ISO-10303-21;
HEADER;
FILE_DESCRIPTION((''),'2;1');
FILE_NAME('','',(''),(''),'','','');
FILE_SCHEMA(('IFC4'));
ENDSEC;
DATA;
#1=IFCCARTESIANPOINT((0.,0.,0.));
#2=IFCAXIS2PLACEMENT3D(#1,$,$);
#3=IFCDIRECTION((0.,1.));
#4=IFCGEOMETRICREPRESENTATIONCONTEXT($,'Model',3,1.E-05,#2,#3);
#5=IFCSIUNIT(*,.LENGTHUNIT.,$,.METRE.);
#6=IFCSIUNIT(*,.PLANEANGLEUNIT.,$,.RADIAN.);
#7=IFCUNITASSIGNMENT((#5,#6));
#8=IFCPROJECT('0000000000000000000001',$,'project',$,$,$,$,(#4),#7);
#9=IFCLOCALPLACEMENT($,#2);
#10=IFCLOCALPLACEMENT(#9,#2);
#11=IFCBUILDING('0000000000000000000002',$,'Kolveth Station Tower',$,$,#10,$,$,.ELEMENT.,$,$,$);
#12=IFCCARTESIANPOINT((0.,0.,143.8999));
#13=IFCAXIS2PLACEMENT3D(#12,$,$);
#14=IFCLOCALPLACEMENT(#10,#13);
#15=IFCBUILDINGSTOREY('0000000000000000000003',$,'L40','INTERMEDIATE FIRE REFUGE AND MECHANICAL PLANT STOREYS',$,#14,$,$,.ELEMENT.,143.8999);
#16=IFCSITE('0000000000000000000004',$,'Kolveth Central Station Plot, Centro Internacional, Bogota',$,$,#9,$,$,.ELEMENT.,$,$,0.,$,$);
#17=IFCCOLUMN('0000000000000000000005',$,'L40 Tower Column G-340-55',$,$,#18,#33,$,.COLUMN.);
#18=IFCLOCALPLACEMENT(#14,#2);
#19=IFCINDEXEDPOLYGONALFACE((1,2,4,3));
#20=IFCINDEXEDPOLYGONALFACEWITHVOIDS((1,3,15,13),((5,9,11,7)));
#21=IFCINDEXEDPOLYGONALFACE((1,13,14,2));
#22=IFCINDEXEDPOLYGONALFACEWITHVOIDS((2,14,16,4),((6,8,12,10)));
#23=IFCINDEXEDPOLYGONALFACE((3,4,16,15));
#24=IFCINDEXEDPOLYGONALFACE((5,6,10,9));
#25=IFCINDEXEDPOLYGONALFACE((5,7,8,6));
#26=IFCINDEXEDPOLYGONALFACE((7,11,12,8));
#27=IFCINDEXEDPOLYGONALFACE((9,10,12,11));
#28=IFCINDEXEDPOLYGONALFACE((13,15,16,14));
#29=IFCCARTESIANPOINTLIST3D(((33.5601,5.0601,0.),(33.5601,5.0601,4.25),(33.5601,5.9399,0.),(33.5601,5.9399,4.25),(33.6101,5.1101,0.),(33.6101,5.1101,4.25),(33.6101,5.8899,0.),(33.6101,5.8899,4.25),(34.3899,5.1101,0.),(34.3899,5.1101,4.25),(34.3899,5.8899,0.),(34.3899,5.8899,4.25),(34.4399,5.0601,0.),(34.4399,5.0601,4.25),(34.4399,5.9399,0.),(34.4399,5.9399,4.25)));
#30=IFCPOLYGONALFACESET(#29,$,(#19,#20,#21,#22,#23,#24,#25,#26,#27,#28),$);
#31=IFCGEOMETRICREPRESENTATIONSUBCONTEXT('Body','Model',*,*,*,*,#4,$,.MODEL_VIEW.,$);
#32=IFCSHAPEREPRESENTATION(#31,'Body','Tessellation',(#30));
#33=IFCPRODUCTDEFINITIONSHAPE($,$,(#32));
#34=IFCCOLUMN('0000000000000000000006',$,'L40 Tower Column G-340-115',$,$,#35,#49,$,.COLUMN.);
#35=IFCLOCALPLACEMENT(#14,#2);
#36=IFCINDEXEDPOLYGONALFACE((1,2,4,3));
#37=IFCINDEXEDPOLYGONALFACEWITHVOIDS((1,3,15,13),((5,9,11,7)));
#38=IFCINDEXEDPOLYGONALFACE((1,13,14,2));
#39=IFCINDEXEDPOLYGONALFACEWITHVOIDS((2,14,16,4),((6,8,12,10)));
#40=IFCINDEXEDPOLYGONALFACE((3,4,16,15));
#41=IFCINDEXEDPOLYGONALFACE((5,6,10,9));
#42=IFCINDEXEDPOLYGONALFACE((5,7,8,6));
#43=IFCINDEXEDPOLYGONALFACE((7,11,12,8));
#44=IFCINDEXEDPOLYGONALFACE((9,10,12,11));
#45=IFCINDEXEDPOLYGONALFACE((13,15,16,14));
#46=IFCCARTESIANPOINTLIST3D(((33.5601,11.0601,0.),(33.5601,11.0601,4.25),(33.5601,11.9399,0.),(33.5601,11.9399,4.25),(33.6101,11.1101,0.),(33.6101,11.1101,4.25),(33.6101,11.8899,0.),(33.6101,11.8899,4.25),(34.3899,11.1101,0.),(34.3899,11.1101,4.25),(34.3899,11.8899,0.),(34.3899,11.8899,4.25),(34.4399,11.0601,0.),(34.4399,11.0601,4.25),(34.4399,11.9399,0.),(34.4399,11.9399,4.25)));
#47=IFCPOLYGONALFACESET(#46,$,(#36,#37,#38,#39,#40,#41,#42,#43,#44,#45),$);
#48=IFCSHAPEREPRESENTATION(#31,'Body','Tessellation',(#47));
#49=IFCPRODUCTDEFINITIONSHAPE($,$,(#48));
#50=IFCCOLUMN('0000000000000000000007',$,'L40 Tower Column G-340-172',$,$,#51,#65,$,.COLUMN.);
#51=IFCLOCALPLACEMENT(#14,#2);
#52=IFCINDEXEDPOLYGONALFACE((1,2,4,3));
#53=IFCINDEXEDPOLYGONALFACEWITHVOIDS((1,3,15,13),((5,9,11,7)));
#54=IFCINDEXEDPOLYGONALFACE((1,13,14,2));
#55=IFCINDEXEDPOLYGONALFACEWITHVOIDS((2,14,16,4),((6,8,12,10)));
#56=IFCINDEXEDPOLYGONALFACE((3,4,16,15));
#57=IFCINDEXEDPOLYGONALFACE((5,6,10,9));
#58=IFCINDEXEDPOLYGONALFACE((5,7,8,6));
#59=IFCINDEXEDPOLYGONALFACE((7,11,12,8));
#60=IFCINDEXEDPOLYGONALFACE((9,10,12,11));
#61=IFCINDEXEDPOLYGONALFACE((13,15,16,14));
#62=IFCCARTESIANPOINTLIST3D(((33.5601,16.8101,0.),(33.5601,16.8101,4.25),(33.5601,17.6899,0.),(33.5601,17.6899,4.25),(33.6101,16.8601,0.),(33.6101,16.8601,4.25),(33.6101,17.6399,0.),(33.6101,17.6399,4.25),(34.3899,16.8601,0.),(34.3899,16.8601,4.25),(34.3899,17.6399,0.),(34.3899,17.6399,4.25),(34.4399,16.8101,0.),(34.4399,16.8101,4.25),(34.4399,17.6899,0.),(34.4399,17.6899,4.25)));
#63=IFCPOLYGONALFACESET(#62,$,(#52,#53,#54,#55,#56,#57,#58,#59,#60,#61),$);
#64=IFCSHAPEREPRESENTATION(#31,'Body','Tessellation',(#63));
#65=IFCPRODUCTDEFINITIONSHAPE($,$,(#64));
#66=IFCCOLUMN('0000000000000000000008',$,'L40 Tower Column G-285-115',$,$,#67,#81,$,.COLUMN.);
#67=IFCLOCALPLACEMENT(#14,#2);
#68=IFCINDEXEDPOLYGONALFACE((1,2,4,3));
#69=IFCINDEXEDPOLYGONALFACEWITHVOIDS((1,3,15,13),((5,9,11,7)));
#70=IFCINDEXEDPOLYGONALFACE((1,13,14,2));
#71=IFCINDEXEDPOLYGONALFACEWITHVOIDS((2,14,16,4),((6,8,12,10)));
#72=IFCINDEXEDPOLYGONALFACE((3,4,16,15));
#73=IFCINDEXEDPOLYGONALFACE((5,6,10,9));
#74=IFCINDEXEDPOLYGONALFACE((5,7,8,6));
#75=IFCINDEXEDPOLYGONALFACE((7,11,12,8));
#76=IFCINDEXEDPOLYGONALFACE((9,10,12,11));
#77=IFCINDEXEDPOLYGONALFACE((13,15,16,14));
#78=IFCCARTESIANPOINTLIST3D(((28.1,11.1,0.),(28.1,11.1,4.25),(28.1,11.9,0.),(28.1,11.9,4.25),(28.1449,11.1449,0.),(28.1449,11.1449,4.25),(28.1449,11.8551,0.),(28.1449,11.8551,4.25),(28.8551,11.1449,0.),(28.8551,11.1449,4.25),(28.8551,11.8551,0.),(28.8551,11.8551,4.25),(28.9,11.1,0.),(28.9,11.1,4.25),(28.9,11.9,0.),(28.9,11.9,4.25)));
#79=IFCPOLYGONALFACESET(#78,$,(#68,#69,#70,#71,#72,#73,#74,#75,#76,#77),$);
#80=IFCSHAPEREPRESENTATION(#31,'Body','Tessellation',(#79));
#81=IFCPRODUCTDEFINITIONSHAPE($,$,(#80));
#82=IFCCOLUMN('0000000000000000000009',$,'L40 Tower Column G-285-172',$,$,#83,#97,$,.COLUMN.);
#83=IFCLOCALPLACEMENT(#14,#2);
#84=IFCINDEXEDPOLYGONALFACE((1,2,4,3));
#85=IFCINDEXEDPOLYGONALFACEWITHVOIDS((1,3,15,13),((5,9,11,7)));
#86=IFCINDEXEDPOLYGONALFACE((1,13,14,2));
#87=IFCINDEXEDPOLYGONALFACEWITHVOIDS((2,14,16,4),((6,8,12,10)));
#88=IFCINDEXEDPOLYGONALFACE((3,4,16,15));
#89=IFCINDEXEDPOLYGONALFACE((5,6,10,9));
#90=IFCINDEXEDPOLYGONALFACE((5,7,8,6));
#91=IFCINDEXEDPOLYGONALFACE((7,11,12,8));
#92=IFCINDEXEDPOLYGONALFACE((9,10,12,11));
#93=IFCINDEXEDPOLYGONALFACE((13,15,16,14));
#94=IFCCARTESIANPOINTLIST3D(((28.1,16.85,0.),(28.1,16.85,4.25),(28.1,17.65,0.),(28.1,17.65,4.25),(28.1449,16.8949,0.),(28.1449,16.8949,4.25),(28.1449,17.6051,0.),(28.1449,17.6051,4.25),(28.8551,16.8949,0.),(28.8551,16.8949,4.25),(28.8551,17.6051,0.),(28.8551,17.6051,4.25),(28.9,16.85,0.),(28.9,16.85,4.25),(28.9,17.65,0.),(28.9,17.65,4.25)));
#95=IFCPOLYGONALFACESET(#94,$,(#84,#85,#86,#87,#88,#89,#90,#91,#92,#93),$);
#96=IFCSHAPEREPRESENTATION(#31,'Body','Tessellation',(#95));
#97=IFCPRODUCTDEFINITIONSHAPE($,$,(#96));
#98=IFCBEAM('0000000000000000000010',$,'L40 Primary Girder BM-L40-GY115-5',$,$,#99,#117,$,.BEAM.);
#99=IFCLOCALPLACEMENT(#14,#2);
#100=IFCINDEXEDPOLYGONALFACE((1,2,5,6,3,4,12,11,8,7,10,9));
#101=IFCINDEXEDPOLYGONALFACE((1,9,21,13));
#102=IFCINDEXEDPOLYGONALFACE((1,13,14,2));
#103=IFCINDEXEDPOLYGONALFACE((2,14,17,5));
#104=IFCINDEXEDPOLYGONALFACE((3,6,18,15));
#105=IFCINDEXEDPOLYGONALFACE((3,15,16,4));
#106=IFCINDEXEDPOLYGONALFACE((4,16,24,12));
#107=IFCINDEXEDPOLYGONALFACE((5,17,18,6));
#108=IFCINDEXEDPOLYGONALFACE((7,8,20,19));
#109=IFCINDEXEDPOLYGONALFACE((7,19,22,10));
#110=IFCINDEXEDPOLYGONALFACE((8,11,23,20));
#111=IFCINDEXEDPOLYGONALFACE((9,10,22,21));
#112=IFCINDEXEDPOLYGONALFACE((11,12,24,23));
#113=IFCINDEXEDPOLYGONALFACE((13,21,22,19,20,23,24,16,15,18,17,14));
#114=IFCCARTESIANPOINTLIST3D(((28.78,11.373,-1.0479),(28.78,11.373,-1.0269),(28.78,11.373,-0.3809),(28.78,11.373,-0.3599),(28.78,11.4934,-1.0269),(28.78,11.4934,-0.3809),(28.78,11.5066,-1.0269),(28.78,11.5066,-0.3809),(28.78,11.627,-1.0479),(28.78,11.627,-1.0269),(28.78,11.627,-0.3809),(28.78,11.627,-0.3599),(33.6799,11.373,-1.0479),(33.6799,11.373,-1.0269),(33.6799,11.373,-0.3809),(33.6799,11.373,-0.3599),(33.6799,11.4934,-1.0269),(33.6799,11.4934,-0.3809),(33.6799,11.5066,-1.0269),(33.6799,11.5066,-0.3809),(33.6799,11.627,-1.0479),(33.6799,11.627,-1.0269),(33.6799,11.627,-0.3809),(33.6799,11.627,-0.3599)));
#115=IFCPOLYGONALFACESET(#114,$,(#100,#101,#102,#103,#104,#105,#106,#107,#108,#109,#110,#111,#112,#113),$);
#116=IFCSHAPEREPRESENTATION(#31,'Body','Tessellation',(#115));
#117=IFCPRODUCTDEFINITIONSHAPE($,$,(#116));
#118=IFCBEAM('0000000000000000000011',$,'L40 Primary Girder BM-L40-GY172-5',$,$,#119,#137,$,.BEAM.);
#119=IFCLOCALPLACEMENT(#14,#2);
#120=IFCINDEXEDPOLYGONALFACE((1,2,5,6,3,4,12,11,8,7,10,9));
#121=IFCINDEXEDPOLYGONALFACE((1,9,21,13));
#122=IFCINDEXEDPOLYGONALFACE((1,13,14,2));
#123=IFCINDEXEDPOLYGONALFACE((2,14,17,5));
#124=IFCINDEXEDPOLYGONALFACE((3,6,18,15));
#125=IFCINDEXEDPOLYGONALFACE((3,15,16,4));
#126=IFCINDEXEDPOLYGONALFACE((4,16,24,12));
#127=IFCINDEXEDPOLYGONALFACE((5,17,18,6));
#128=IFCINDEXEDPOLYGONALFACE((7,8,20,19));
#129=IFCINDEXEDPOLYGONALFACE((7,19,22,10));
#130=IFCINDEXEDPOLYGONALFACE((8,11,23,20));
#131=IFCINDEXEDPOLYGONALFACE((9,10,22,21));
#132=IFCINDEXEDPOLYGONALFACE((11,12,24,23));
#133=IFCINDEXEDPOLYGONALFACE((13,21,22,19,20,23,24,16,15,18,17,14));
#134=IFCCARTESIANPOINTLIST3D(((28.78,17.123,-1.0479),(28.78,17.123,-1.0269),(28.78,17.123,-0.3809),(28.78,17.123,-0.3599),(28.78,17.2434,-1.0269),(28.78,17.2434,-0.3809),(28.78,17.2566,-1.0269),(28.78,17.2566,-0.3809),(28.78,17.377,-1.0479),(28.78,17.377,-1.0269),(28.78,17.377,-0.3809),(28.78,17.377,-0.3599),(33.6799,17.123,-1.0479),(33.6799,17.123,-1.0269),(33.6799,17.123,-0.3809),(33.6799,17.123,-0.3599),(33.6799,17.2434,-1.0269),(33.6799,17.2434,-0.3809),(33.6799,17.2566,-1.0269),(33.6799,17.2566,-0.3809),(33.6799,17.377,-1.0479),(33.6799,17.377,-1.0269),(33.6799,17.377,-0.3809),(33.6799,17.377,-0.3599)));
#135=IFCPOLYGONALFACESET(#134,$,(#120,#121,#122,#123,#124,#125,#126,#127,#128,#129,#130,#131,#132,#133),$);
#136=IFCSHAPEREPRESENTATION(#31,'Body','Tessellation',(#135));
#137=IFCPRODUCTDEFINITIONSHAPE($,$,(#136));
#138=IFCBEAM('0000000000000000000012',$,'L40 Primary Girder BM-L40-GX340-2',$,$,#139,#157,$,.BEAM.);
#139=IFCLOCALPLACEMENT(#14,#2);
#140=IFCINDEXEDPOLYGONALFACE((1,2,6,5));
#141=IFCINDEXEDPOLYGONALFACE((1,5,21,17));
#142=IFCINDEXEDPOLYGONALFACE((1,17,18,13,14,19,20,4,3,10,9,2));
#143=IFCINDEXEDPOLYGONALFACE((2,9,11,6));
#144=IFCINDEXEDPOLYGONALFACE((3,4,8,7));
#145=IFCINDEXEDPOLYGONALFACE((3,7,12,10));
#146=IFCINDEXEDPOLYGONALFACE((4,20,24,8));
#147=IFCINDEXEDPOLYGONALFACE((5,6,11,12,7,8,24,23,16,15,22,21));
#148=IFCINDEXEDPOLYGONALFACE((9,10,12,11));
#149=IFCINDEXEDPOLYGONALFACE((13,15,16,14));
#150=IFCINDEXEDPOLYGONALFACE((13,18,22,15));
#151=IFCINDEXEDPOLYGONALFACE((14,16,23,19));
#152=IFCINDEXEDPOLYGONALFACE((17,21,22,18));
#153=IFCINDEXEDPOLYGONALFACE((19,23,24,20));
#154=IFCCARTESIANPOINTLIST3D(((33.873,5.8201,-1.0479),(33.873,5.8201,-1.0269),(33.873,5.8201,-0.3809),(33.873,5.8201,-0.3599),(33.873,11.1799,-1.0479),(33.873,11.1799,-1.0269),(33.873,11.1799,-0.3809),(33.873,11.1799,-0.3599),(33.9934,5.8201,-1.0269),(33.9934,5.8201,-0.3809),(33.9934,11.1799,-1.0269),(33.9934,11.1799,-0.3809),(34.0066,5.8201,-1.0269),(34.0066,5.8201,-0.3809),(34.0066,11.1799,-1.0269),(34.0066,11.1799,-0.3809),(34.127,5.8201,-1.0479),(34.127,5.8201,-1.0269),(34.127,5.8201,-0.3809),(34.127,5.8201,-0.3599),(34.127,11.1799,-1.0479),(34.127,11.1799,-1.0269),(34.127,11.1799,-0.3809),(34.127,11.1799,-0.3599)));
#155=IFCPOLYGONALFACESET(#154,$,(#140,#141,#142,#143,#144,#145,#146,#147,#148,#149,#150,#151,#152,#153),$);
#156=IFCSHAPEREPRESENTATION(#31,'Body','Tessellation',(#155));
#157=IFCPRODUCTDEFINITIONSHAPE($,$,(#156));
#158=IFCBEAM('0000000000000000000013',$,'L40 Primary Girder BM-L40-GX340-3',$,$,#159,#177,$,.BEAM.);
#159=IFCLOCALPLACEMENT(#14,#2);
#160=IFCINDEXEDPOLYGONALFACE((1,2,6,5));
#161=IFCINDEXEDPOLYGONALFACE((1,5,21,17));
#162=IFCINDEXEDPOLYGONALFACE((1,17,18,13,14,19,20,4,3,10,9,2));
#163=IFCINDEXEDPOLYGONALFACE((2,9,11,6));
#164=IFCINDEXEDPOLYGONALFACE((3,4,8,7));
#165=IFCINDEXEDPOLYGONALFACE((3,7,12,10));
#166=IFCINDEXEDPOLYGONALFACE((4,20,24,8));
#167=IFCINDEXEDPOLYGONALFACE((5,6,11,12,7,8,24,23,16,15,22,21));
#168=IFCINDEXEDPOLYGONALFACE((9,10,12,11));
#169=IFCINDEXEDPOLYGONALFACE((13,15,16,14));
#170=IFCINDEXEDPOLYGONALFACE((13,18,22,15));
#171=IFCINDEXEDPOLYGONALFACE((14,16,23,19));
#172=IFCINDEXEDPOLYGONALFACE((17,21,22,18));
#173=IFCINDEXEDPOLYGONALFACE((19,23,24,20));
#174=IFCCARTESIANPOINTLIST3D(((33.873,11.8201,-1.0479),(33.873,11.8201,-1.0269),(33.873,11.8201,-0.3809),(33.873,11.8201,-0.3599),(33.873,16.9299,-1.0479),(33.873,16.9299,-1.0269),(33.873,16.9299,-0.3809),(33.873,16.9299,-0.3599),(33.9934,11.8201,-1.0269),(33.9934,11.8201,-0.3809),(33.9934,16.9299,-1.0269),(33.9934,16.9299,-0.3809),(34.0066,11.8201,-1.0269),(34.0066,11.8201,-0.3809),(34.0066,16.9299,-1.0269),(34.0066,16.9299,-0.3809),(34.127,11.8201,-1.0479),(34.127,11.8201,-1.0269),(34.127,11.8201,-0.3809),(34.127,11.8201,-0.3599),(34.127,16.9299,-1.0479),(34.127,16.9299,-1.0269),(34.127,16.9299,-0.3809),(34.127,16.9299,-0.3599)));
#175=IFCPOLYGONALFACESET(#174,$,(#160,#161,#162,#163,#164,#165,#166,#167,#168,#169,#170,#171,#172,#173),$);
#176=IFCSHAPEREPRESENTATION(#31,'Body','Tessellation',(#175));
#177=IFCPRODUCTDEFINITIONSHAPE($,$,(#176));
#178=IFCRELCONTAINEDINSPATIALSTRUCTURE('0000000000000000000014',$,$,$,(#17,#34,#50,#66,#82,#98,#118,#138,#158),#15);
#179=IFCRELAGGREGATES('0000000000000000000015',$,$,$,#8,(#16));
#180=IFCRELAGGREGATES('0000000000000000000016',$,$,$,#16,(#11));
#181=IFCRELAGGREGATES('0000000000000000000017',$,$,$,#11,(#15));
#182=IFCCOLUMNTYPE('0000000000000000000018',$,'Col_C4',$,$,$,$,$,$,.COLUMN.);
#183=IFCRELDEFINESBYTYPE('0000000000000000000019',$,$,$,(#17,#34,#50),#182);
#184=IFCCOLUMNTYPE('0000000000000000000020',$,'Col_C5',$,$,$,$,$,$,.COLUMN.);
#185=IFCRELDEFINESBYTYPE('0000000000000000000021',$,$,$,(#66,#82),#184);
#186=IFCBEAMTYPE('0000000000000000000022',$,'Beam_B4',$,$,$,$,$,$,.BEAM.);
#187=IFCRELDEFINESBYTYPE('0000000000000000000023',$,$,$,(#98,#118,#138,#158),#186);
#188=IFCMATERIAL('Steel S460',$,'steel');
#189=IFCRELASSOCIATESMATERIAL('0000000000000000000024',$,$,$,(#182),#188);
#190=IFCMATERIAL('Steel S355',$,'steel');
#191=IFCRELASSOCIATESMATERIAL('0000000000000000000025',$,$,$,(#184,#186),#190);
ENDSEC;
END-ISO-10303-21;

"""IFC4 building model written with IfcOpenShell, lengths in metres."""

from ifc_helpers import new_model, si_unit, direction, frame, origin, origin_2d, place, context, subcontext, project, spatial, hollow_rectangle, i_section, extrude, source, transform, mapped, material, material_profile, profile_set, type_object, element, save


model = new_model("IFC4")

# Units and contexts
model_context = context("Model", 3, precision=1e-05, world=origin(), true_north=direction((0.0, 1.0)))
body_context = subcontext(model_context, "Body", "Model", "MODEL_VIEW")
ifc_project = project(units=[si_unit("LENGTHUNIT", "METRE"), si_unit("PLANEANGLEUNIT", "RADIAN")], contexts=[model_context])

# Site, building, storey
site_placement = place(None, origin())
site = spatial("IfcSite", under=ifc_project, at=site_placement, Name="Kolveth Central Station Plot, Centro Internacional, Bogota", CompositionType="ELEMENT", RefElevation=0.0)
building_placement = place(site_placement, origin())
building = spatial("IfcBuilding", under=site, at=building_placement, Name="Kolveth Station Tower", CompositionType="ELEMENT")
storey_placement = place(building_placement, frame((0.0, 0.0, 143.8999)))
storey = spatial("IfcBuildingStorey", under=building, at=storey_placement, Name="L40", Description="INTERMEDIATE FIRE REFUGE AND MECHANICAL PLANT STOREYS", CompositionType="ELEMENT", Elevation=143.8999)

# Columns
ifc_material_1 = material(Name="Steel S460", Category="steel")
ifc_material_profile_1 = material_profile(ifc_material_1, hollow_rectangle(XDim=0.8799, YDim=0.8799, WallThickness=0.05, at=origin_2d()), Name="BOX880x880x50")
ifc_profile_set_1 = profile_set([ifc_material_profile_1], Name="Steel S460")
column_type_1 = type_object("IfcColumnType", Name="Col_C4", PredefinedType="COLUMN", material=ifc_profile_set_1)
shared_shape_1 = source(origin(), body_context, "Body", "SweptSolid", [
    extrude(hollow_rectangle(XDim=0.8799, YDim=0.8799, WallThickness=0.05, at=origin_2d()), origin(), (0.0, 0.0, 1.0), 4.25),
])
for number, where, z_axis, x_axis, name in (
    (1, (34.0, 5.5, 0.0), (0.0, 0.0, 1.0), (1.0, 0.0, 0.0), "L40 Tower Column G-340-55"),
    (2, (34.0, 11.5, 0.0), (0.0, 0.0, 1.0), (1.0, 0.0, 0.0), "L40 Tower Column G-340-115"),
    (3, (34.0, 17.25, 0.0), (0.0, 0.0, 1.0), (1.0, 0.0, 0.0), "L40 Tower Column G-340-172"),
):
    element("IfcColumn", number, at=place(storey_placement, frame(where, z_axis=z_axis, x_axis=x_axis)), inside=storey, type_object=column_type_1, Name=name, PredefinedType="COLUMN", context=body_context, shape_type="MappedRepresentation", body=[
        mapped(shared_shape_1, transform((0.0, 0.0, 0.0), x_axis=(1.0, 0.0, 0.0), y_axis=(0.0, 1.0, 0.0), z_axis=(0.0, 0.0, 1.0), scale=1.0)),
    ])
ifc_material_2 = material(Name="Steel S355", Category="steel")
ifc_material_profile_2 = material_profile(ifc_material_2, hollow_rectangle(XDim=0.8, YDim=0.8, WallThickness=0.0449, at=origin_2d()), Name="BOX800x800x45")
ifc_profile_set_2 = profile_set([ifc_material_profile_2], Name="Steel S355")
column_type_2 = type_object("IfcColumnType", Name="Col_C5", PredefinedType="COLUMN", material=ifc_profile_set_2)
shared_shape_2 = source(origin(), body_context, "Body", "SweptSolid", [
    extrude(hollow_rectangle(XDim=0.8, YDim=0.8, WallThickness=0.0449, at=origin_2d()), origin(), (0.0, 0.0, 1.0), 4.25),
])
for number, where, z_axis, x_axis, name in (
    (4, (28.5, 11.5, 0.0), (0.0, 0.0, 1.0), (1.0, 0.0, 0.0), "L40 Tower Column G-285-115"),
    (5, (28.5, 17.25, 0.0), (0.0, 0.0, 1.0), (1.0, 0.0, 0.0), "L40 Tower Column G-285-172"),
):
    element("IfcColumn", number, at=place(storey_placement, frame(where, z_axis=z_axis, x_axis=x_axis)), inside=storey, type_object=column_type_2, Name=name, PredefinedType="COLUMN", context=body_context, shape_type="MappedRepresentation", body=[
        mapped(shared_shape_2, transform((0.0, 0.0, 0.0), x_axis=(1.0, 0.0, 0.0), y_axis=(0.0, 1.0, 0.0), z_axis=(0.0, 0.0, 1.0), scale=1.0)),
    ])

# Beams
ifc_material_profile_3 = material_profile(ifc_material_2, i_section(OverallWidth=0.2539, OverallDepth=0.688, WebThickness=0.0132, FlangeThickness=0.021, at=origin_2d()), Name="W690x152")
ifc_profile_set_3 = profile_set([ifc_material_profile_3], Name="Steel S355")
beam_type_1 = type_object("IfcBeamType", Name="Beam_B4", PredefinedType="BEAM", material=ifc_profile_set_3)
shared_shape_3 = source(origin(), body_context, "Body", "SweptSolid", [
    extrude(i_section(OverallWidth=0.2539, OverallDepth=0.688, WebThickness=0.0132, FlangeThickness=0.021, at=origin_2d()), origin(), (0.0, 0.0, 1.0), 4.8999),
])
for number, where, z_axis, x_axis, name in (
    (6, (28.78, 11.5, -0.7039), (1.0, 0.0, 0.0), (0.0, 1.0, 0.0), "L40 Primary Girder BM-L40-GY115-5"),
    (7, (28.78, 17.25, -0.7039), (1.0, 0.0, 0.0), (0.0, 1.0, 0.0), "L40 Primary Girder BM-L40-GY172-5"),
):
    element("IfcBeam", number, at=place(storey_placement, frame(where, z_axis=z_axis, x_axis=x_axis)), inside=storey, type_object=beam_type_1, Name=name, PredefinedType="BEAM", context=body_context, shape_type="MappedRepresentation", body=[
        mapped(shared_shape_3, transform((0.0, 0.0, 0.0), x_axis=(1.0, 0.0, 0.0), y_axis=(0.0, 1.0, 0.0), z_axis=(0.0, 0.0, 1.0), scale=1.0)),
    ])
shared_shape_4 = source(origin(), body_context, "Body", "SweptSolid", [
    extrude(i_section(OverallWidth=0.2539, OverallDepth=0.688, WebThickness=0.0132, FlangeThickness=0.021, at=origin_2d()), origin(), (0.0, 0.0, 1.0), 5.3599),
])
beam_1_placement = place(storey_placement, frame((34.0, 5.8201, -0.7039), z_axis=(0.0, 1.0, 0.0), x_axis=(-1.0, 0.0, 0.0)))
element("IfcBeam", 8, at=beam_1_placement, inside=storey, type_object=beam_type_1, Name="L40 Primary Girder BM-L40-GX340-2", PredefinedType="BEAM", context=body_context, shape_type="MappedRepresentation", body=[
    mapped(shared_shape_4, transform((0.0, 0.0, 0.0), x_axis=(1.0, 0.0, 0.0), y_axis=(0.0, 1.0, 0.0), z_axis=(0.0, 0.0, 1.0), scale=1.0)),
])
shared_shape_5 = source(origin(), body_context, "Body", "SweptSolid", [
    extrude(i_section(OverallWidth=0.2539, OverallDepth=0.688, WebThickness=0.0132, FlangeThickness=0.021, at=origin_2d()), origin(), (0.0, 0.0, 1.0), 5.1099),
])
beam_2_placement = place(storey_placement, frame((34.0, 11.8201, -0.7039), z_axis=(0.0, 1.0, 0.0), x_axis=(-1.0, 0.0, 0.0)))
element("IfcBeam", 9, at=beam_2_placement, inside=storey, type_object=beam_type_1, Name="L40 Primary Girder BM-L40-GX340-3", PredefinedType="BEAM", context=body_context, shape_type="MappedRepresentation", body=[
    mapped(shared_shape_5, transform((0.0, 0.0, 0.0), x_axis=(1.0, 0.0, 0.0), y_axis=(0.0, 1.0, 0.0), z_axis=(0.0, 0.0, 1.0), scale=1.0)),
])

save(model, "model.ifc")
